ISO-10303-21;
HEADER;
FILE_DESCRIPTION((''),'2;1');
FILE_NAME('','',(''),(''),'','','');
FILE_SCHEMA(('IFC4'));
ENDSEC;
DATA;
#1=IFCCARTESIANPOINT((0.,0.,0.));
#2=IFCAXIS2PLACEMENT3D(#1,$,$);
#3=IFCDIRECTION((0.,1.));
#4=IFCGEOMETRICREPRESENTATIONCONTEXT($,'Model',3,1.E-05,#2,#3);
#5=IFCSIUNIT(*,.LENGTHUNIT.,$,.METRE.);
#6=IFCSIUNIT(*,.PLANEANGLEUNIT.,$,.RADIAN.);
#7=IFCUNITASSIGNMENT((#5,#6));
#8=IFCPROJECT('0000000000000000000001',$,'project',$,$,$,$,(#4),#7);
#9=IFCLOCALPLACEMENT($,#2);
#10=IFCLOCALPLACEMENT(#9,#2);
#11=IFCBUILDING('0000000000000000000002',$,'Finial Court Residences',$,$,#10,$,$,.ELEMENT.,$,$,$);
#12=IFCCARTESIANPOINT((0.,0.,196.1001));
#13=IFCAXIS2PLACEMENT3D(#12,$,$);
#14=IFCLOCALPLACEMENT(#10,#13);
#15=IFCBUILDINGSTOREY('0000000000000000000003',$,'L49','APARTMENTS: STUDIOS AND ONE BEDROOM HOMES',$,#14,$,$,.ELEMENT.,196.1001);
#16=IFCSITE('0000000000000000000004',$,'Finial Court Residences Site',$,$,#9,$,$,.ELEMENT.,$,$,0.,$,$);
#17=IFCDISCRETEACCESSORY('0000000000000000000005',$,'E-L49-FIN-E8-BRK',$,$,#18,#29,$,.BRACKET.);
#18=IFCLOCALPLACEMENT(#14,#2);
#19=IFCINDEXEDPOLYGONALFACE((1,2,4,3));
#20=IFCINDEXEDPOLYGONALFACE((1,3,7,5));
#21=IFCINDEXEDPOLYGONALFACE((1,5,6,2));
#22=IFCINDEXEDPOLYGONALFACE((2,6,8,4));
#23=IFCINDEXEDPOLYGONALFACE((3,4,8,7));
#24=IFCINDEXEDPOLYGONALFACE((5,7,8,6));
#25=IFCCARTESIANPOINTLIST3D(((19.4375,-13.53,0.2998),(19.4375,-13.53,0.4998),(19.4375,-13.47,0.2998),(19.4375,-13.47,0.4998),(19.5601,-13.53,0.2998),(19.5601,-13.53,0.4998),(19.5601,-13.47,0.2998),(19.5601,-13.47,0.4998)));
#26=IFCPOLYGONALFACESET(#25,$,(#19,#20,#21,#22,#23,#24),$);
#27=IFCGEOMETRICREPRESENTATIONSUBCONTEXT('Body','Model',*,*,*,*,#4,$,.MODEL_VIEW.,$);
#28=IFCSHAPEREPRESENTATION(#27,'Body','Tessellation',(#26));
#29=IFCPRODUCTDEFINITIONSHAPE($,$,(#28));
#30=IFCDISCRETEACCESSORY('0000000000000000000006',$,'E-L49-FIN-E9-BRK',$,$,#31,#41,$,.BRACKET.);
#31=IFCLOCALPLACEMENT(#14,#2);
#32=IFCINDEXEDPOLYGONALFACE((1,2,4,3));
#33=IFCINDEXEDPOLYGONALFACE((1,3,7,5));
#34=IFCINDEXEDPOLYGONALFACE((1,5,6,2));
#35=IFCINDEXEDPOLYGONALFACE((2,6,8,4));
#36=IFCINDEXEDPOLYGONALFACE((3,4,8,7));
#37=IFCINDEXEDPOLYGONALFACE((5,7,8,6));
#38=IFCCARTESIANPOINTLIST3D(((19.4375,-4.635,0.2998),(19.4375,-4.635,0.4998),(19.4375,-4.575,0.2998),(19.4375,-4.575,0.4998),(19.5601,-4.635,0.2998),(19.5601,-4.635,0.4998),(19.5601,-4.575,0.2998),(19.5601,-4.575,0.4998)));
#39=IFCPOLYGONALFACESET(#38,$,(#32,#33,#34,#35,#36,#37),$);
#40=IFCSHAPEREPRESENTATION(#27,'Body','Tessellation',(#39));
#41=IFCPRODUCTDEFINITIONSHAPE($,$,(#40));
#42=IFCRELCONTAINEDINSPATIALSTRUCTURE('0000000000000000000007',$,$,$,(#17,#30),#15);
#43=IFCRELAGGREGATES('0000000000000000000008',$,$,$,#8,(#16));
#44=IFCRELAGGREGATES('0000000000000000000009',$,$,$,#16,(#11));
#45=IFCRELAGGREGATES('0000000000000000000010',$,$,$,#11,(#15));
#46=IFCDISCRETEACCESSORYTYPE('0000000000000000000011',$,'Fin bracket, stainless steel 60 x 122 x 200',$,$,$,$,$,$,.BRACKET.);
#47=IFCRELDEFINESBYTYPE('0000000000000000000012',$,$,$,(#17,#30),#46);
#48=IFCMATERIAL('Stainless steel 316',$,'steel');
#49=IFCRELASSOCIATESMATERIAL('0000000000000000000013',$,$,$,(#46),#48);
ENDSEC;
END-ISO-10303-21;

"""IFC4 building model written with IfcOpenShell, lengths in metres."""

from ifc_helpers import new_model, si_unit, direction, frame, origin, origin_2d, place, context, subcontext, project, spatial, rectangle, extrude, material, type_object, element, save


model = new_model("IFC4")

# Units and contexts
model_context = context("Model", 3, precision=1e-05, world=origin(), true_north=direction((0.0, 1.0)))
body_context = subcontext(model_context, "Body", "Model", "MODEL_VIEW")
ifc_project = project(units=[si_unit("LENGTHUNIT", "METRE"), si_unit("PLANEANGLEUNIT", "RADIAN")], contexts=[model_context])

# Site, building, storey
site_placement = place(None, origin())
site = spatial("IfcSite", under=ifc_project, at=site_placement, Name="Finial Court Residences Site", CompositionType="ELEMENT", RefElevation=0.0)
building_placement = place(site_placement, origin())
building = spatial("IfcBuilding", under=site, at=building_placement, Name="Finial Court Residences", CompositionType="ELEMENT")
storey_placement = place(building_placement, frame((0.0, 0.0, 196.1001)))
storey = spatial("IfcBuildingStorey", under=building, at=storey_placement, Name="L49", Description="APARTMENTS: STUDIOS AND ONE BEDROOM HOMES", CompositionType="ELEMENT", Elevation=196.1001)

# Discrete accessories
ifc_material_1 = material(Name="Stainless steel 316", Category="steel")
discrete_accessory_type = type_object("IfcDiscreteAccessoryType", Name="Fin bracket, stainless steel 60 x 122 x 200", PredefinedType="BRACKET", material=ifc_material_1)
for number, where, z_axis, x_axis, name in (
    (1, (19.4988, -13.5, 0.2998), (0.0, 0.0, 1.0), (1.0, 0.0, 0.0), "E-L49-FIN-E8-BRK"),
    (2, (19.4988, -4.605, 0.2998), (0.0, 0.0, 1.0), (1.0, 0.0, 0.0), "E-L49-FIN-E9-BRK"),
):
    element("IfcDiscreteAccessory", number, at=place(storey_placement, frame(where, z_axis=z_axis, x_axis=x_axis)), inside=storey, type_object=discrete_accessory_type, Name=name, PredefinedType="BRACKET", context=body_context, shape_type="SweptSolid", body=[
        extrude(rectangle(XDim=0.1226, YDim=0.0601, at=origin_2d()), origin(), (0.0, 0.0, 1.0), 0.2),
    ])

save(model, "model.ifc")
